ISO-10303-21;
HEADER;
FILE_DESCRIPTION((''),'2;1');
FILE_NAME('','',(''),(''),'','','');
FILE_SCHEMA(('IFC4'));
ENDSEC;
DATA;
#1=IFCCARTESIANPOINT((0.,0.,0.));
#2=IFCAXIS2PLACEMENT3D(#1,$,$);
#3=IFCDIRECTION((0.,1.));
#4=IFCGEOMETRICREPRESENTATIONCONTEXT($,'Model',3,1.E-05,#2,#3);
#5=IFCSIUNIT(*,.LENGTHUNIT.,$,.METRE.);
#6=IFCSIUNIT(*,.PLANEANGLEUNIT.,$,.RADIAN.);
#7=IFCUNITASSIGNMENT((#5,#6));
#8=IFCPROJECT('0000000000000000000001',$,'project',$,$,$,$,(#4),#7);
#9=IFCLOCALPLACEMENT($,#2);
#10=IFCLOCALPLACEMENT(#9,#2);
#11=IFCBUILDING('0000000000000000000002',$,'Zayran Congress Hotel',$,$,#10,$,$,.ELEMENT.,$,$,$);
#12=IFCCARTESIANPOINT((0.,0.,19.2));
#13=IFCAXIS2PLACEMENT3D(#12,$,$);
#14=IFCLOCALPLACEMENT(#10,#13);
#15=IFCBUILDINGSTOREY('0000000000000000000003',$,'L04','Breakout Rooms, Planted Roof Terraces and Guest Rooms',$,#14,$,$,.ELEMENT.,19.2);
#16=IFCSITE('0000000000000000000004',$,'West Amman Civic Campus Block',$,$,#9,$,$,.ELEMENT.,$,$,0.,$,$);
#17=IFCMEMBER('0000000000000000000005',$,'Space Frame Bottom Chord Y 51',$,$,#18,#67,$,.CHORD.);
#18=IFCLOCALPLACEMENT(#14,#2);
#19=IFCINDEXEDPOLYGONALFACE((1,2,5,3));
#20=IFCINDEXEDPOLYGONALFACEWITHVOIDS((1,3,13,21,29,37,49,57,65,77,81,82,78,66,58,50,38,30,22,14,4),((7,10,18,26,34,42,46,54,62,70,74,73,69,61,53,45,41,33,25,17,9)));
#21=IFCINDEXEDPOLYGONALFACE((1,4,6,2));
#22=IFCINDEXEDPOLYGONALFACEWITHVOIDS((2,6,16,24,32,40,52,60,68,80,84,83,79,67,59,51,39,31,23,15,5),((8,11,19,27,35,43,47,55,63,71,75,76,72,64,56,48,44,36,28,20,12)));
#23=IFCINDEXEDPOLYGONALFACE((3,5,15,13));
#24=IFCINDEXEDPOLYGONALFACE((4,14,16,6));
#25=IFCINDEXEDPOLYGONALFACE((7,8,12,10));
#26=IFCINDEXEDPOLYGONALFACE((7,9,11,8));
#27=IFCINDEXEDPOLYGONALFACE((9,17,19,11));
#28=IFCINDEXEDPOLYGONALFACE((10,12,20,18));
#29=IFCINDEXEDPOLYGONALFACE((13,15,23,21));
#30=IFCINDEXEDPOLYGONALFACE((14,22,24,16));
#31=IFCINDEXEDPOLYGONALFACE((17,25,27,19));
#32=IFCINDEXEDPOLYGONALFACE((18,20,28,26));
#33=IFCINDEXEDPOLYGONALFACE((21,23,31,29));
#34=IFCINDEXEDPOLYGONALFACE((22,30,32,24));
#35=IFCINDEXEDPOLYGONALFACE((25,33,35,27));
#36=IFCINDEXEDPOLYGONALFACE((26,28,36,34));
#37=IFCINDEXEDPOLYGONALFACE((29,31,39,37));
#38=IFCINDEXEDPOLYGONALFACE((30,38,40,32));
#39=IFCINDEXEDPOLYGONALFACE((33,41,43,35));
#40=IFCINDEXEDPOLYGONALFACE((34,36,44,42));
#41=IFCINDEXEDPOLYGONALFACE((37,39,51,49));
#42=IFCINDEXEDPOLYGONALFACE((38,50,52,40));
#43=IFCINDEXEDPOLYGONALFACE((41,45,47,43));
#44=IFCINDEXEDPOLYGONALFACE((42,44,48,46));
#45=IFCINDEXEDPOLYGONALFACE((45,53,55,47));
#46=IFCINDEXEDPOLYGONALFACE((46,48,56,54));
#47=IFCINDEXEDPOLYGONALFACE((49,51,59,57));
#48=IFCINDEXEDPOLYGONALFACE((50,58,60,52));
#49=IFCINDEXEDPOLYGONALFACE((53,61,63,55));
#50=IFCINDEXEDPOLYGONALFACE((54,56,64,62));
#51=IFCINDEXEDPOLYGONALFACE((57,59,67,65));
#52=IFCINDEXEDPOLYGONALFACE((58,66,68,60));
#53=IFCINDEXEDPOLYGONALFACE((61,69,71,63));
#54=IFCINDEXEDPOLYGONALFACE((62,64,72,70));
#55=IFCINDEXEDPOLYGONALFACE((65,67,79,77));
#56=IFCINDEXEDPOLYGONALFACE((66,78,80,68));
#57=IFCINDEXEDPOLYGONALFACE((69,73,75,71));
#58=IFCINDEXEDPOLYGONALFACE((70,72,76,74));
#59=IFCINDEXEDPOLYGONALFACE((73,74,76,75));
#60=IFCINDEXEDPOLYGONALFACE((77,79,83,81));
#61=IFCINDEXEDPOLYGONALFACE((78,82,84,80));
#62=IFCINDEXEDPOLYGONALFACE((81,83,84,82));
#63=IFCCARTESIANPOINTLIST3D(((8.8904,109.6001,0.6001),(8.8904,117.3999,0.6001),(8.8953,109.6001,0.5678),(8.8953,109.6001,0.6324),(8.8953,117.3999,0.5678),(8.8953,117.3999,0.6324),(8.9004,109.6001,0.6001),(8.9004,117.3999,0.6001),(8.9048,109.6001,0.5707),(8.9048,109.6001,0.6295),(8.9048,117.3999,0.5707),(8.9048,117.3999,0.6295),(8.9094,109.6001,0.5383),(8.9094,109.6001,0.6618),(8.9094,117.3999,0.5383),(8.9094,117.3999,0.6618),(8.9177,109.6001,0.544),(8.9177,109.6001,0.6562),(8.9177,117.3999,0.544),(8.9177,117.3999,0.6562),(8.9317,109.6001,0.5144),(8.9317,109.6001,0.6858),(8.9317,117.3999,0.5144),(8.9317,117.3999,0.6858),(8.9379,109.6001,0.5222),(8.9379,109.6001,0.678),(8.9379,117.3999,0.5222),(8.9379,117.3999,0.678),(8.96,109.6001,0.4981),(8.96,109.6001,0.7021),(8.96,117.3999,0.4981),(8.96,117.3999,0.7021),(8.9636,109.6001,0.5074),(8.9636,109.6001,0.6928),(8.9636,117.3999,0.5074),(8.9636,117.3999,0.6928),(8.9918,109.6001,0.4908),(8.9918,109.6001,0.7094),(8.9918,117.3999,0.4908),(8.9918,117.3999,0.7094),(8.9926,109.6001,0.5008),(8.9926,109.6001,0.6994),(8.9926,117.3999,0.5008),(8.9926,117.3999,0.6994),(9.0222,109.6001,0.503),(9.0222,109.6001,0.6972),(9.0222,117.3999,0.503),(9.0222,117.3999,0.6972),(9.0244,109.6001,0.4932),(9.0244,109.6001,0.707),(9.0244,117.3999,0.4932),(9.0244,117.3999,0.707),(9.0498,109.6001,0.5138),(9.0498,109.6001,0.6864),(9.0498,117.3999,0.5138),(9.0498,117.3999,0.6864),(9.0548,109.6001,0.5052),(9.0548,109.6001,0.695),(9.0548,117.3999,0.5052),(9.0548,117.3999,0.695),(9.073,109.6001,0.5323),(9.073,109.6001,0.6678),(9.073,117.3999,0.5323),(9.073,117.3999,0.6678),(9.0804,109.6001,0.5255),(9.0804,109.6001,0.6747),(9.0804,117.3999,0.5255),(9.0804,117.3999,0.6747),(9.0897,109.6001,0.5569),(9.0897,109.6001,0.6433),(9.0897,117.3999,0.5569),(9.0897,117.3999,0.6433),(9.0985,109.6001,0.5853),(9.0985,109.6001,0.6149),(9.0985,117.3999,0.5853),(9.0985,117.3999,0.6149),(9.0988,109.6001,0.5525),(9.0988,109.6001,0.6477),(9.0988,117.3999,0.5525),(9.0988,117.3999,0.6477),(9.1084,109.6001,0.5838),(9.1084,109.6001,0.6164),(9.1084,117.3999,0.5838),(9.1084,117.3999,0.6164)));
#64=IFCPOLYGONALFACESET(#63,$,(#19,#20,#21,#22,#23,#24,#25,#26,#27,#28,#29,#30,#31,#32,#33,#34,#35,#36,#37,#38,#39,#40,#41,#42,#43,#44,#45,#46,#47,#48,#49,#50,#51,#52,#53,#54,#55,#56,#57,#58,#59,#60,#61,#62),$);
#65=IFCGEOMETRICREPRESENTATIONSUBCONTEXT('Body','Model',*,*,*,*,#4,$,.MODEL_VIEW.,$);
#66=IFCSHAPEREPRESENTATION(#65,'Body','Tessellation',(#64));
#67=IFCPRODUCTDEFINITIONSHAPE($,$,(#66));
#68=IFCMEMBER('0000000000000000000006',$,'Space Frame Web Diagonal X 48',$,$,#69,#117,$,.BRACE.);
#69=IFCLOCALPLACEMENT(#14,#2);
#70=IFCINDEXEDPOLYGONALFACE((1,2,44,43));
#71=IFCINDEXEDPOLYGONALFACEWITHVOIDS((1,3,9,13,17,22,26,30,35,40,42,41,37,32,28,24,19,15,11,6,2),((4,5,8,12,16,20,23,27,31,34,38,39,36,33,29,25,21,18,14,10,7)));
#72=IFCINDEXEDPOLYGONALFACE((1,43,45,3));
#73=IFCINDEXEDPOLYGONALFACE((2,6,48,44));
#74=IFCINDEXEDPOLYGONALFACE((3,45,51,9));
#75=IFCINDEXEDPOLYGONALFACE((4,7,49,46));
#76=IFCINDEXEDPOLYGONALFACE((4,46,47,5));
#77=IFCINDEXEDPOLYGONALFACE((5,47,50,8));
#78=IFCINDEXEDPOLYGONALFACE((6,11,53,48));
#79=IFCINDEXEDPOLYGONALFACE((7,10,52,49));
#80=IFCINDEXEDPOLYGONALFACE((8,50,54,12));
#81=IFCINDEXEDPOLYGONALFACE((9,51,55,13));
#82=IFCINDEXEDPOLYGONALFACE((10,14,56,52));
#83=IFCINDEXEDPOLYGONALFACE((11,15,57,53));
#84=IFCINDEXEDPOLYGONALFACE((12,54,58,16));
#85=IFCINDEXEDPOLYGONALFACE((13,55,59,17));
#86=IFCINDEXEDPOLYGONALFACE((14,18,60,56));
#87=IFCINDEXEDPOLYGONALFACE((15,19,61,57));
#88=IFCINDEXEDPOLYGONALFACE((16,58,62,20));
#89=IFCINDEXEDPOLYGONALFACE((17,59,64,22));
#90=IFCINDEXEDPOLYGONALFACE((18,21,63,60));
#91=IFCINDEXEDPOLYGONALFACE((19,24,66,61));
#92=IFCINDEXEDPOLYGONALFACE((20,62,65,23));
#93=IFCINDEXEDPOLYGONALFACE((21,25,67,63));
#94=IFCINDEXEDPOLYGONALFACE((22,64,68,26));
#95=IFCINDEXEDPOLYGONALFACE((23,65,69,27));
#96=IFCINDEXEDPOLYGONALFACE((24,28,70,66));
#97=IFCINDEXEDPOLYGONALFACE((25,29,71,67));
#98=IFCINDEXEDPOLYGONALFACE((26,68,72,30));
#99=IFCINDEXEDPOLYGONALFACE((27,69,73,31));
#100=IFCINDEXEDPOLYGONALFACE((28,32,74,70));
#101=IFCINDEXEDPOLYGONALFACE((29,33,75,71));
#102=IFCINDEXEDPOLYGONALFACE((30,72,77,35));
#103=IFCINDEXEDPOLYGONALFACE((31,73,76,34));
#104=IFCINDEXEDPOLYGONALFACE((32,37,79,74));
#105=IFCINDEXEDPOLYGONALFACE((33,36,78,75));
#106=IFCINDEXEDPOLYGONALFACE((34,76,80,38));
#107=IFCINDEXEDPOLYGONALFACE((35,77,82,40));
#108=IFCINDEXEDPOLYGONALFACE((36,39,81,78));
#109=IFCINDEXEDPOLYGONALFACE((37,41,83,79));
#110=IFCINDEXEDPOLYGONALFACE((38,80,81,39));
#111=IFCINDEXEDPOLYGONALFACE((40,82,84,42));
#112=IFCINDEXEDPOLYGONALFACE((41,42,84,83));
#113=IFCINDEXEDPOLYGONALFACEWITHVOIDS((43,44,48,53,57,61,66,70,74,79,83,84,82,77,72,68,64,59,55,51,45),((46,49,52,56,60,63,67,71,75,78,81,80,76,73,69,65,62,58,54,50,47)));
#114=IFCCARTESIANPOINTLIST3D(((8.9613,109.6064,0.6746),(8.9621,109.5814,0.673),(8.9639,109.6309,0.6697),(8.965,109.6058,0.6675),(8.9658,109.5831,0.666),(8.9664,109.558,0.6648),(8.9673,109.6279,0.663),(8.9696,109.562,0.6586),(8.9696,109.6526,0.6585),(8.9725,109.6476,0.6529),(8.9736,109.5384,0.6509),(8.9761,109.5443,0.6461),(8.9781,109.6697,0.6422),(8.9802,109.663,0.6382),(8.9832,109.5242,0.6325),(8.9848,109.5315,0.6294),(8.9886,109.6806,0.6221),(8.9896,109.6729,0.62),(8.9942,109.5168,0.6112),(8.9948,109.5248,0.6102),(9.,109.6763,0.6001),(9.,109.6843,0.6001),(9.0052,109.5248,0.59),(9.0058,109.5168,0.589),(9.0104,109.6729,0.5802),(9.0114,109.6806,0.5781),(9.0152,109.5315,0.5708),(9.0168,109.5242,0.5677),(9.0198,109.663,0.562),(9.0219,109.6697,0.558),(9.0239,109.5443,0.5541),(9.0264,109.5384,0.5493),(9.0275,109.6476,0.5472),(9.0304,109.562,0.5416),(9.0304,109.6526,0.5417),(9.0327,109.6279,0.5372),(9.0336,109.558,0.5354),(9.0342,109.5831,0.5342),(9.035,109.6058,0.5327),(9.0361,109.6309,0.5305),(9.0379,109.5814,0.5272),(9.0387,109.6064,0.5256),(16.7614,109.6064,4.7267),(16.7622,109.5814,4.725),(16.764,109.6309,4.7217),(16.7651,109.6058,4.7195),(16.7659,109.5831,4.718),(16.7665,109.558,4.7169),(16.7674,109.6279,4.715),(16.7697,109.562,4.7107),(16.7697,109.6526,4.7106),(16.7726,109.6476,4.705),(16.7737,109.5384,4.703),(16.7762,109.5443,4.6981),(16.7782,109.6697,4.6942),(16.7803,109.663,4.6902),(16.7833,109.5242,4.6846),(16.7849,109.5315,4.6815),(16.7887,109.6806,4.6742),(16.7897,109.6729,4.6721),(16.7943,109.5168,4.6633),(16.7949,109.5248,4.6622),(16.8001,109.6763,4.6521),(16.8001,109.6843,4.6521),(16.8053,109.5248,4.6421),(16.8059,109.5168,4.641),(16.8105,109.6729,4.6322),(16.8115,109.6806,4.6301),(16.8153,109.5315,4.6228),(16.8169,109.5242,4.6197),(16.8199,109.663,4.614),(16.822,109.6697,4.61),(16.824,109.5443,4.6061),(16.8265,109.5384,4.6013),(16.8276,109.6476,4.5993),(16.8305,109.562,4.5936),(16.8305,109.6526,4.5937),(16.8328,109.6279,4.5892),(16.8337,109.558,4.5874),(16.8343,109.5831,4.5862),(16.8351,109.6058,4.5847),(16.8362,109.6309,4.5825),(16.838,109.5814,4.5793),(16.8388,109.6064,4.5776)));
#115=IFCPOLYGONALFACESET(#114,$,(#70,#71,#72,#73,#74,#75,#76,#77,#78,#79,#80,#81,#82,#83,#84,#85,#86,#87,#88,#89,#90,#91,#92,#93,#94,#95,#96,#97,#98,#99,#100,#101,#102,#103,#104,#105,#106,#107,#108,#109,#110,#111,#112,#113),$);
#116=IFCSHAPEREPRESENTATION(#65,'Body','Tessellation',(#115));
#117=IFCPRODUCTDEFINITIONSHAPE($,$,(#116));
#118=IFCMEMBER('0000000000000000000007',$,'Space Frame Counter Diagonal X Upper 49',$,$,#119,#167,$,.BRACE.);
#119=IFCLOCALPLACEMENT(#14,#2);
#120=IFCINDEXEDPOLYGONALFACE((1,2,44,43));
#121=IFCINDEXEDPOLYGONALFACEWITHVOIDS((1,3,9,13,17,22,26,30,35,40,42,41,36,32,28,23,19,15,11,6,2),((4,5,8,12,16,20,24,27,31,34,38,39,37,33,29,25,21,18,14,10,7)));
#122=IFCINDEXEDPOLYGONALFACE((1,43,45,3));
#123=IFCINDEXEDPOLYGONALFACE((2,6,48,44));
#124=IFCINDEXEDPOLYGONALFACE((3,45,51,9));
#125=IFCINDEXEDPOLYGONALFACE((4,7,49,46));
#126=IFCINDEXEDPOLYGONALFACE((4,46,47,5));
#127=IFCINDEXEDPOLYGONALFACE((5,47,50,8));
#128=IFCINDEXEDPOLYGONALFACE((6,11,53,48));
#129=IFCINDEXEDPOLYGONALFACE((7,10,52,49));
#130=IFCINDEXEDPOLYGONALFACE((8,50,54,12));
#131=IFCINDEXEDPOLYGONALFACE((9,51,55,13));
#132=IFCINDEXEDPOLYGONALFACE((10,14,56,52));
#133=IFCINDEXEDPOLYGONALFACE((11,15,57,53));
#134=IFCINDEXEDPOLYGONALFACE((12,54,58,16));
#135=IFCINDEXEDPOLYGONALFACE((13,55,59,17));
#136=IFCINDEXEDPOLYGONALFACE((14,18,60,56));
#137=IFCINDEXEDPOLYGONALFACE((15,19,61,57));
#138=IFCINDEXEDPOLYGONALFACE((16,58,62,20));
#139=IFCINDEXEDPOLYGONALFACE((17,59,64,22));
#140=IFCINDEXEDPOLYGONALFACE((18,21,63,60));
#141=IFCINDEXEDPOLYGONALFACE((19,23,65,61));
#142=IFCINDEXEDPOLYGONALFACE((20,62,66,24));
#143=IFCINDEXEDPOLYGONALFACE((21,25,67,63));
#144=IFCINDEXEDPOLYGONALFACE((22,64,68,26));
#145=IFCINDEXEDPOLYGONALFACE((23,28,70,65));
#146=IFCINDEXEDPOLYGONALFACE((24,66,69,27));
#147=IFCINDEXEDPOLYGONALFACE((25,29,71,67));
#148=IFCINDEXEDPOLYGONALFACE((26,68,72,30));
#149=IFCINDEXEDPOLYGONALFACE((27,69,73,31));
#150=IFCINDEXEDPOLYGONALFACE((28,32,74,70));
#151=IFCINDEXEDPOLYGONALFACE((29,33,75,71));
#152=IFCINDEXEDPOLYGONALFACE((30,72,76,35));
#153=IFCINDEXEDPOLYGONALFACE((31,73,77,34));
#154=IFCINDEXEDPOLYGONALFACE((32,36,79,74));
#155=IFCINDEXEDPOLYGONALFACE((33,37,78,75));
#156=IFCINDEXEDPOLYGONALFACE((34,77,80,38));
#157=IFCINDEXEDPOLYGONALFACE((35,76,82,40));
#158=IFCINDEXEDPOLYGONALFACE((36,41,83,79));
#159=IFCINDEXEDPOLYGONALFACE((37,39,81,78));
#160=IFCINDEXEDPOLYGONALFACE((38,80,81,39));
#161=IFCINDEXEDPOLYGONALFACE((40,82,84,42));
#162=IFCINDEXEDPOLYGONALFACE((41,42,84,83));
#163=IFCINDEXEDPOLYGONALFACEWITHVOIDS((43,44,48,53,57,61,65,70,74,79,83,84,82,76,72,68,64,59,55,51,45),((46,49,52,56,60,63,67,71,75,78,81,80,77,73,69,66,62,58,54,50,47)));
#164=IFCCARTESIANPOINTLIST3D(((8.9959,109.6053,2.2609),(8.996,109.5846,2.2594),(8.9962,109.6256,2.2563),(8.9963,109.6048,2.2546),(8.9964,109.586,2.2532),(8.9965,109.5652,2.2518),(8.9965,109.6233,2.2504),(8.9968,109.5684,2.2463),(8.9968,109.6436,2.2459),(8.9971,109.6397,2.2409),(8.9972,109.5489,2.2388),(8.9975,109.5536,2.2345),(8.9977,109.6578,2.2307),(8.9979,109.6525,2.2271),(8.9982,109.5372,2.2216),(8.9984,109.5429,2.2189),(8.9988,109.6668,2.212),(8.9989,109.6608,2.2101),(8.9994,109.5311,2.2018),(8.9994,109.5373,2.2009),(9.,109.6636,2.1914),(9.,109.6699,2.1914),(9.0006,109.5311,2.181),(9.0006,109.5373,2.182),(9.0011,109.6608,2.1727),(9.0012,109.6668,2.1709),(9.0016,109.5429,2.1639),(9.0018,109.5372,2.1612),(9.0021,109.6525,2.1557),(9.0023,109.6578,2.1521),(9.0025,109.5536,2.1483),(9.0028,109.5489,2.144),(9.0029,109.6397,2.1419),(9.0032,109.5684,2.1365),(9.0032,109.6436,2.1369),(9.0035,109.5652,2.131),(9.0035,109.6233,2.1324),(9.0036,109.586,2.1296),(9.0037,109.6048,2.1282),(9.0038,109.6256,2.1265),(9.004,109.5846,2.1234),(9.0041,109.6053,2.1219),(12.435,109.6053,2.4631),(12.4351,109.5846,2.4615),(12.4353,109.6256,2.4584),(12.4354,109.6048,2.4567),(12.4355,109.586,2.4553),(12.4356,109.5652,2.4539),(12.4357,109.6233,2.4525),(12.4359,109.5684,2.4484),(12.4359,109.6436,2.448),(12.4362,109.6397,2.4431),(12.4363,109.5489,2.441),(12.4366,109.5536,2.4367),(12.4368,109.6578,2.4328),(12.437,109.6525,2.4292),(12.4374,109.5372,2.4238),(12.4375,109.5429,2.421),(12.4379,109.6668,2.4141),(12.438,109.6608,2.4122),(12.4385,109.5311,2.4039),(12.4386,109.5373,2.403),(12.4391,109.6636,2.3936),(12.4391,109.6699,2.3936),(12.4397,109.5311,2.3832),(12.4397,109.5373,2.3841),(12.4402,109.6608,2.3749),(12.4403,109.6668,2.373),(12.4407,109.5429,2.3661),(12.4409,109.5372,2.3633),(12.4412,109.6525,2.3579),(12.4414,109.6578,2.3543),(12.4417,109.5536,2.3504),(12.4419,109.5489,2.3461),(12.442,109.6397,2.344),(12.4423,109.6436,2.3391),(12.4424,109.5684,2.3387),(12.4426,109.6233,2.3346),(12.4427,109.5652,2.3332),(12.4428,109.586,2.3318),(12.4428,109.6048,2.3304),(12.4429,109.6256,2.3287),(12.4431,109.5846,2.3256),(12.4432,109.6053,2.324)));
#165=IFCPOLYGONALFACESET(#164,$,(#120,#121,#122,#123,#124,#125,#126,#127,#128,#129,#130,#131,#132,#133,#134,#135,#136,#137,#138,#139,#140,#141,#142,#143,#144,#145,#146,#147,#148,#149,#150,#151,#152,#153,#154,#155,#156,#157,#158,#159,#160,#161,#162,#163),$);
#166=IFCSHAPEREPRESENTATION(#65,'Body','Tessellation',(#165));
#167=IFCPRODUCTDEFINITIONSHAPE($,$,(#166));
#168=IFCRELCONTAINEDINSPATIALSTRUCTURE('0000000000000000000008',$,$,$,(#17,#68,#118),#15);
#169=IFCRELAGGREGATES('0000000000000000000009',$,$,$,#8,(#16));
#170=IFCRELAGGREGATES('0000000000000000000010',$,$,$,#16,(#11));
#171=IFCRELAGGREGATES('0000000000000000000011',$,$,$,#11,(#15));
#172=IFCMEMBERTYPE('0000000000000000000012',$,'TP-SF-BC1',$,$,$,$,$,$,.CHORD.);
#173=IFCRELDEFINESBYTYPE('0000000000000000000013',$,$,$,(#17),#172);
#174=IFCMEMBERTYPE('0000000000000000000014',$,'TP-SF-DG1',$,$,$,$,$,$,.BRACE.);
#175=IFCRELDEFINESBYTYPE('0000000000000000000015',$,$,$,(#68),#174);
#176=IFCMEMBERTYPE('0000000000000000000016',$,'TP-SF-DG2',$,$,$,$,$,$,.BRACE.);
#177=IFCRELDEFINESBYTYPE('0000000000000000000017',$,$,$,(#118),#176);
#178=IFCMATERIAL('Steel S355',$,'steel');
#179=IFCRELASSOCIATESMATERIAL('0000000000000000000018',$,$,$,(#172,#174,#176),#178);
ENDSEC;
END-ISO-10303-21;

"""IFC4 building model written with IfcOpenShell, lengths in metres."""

from ifc_helpers import new_model, si_unit, direction, frame, origin, origin_2d, place, context, subcontext, project, spatial, hollow_circle, extrude, material, material_profile, profile_set, type_object, element, save


model = new_model("IFC4")

# Units and contexts
model_context = context("Model", 3, precision=1e-05, world=origin(), true_north=direction((0.0, 1.0)))
body_context = subcontext(model_context, "Body", "Model", "MODEL_VIEW")
ifc_project = project(units=[si_unit("LENGTHUNIT", "METRE"), si_unit("PLANEANGLEUNIT", "RADIAN")], contexts=[model_context])

# Site, building, storey
site_placement = place(None, origin())
site = spatial("IfcSite", under=ifc_project, at=site_placement, Name="West Amman Civic Campus Block", CompositionType="ELEMENT", RefElevation=0.0)
building_placement = place(site_placement, origin())
building = spatial("IfcBuilding", under=site, at=building_placement, Name="Zayran Congress Hotel", CompositionType="ELEMENT")
storey_placement = place(building_placement, frame((0.0, 0.0, 19.2)))
storey = spatial("IfcBuildingStorey", under=building, at=storey_placement, Name="L04", Description="Breakout Rooms, Planted Roof Terraces and Guest Rooms", CompositionType="ELEMENT", Elevation=19.2)

# Shared definitions
ifc_material_1 = material(Name="Steel S355", Category="steel")

# Members
ifc_material_profile_1 = material_profile(ifc_material_1, hollow_circle(Radius=0.1096, WallThickness=0.01, at=origin_2d()), Name="CHS 219.1x10")
ifc_profile_set_1 = profile_set([ifc_material_profile_1], Name="Steel S355")
member_type_1 = type_object("IfcMemberType", Name="TP-SF-BC1", PredefinedType="CHORD", material=ifc_profile_set_1)
member_1_placement = place(storey_placement, frame((9.0, 109.6001, 0.6001), z_axis=(0.0, 1.0, 0.0), x_axis=(-1.0, 0.0, 0.0)))
element("IfcMember", 1, at=member_1_placement, inside=storey, type_object=member_type_1, Name="Space Frame Bottom Chord Y 51", PredefinedType="CHORD", context=body_context, shape_type="SweptSolid", body=[
    extrude(hollow_circle(Radius=0.1096, WallThickness=0.01, at=origin_2d()), origin(), (0.0, 0.0, 1.0), 7.7998),
])
ifc_material_profile_2 = material_profile(ifc_material_1, hollow_circle(Radius=0.0842, WallThickness=0.0081, at=origin_2d()), Name="CHS 168.3x8")
ifc_profile_set_2 = profile_set([ifc_material_profile_2], Name="Steel S355")
member_type_2 = type_object("IfcMemberType", Name="TP-SF-DG1", PredefinedType="BRACE", material=ifc_profile_set_2)
member_2_placement = place(storey_placement, frame((9.0, 109.6001, 0.6001), z_axis=(0.887404, 0.0, 0.460992), x_axis=(0.0, 1.0, 0.0)))
element("IfcMember", 2, at=member_2_placement, inside=storey, type_object=member_type_2, Name="Space Frame Web Diagonal X 48", PredefinedType="BRACE", context=body_context, shape_type="SweptSolid", body=[
    extrude(hollow_circle(Radius=0.0842, WallThickness=0.0081, at=origin_2d()), origin(), (0.0, 0.0, 1.0), 8.7898),
])
ifc_material_profile_3 = material_profile(ifc_material_1, hollow_circle(Radius=0.0698, WallThickness=0.0063, at=origin_2d()), Name="CHS 139.7x6.3")
ifc_profile_set_3 = profile_set([ifc_material_profile_3], Name="Steel S355")
member_type_3 = type_object("IfcMemberType", Name="TP-SF-DG2", PredefinedType="BRACE", material=ifc_profile_set_3)
member_3_placement = place(storey_placement, frame((9.0, 109.6001, 2.1914), z_axis=(0.998277, 0.0, 0.058676), x_axis=(0.0, 1.0, 0.0)))
element("IfcMember", 3, at=member_3_placement, inside=storey, type_object=member_type_3, Name="Space Frame Counter Diagonal X Upper 49", PredefinedType="BRACE", context=body_context, shape_type="SweptSolid", body=[
    extrude(hollow_circle(Radius=0.0698, WallThickness=0.0063, at=origin_2d()), origin(), (0.0, 0.0, 1.0), 3.4451),
])

save(model, "model.ifc")
